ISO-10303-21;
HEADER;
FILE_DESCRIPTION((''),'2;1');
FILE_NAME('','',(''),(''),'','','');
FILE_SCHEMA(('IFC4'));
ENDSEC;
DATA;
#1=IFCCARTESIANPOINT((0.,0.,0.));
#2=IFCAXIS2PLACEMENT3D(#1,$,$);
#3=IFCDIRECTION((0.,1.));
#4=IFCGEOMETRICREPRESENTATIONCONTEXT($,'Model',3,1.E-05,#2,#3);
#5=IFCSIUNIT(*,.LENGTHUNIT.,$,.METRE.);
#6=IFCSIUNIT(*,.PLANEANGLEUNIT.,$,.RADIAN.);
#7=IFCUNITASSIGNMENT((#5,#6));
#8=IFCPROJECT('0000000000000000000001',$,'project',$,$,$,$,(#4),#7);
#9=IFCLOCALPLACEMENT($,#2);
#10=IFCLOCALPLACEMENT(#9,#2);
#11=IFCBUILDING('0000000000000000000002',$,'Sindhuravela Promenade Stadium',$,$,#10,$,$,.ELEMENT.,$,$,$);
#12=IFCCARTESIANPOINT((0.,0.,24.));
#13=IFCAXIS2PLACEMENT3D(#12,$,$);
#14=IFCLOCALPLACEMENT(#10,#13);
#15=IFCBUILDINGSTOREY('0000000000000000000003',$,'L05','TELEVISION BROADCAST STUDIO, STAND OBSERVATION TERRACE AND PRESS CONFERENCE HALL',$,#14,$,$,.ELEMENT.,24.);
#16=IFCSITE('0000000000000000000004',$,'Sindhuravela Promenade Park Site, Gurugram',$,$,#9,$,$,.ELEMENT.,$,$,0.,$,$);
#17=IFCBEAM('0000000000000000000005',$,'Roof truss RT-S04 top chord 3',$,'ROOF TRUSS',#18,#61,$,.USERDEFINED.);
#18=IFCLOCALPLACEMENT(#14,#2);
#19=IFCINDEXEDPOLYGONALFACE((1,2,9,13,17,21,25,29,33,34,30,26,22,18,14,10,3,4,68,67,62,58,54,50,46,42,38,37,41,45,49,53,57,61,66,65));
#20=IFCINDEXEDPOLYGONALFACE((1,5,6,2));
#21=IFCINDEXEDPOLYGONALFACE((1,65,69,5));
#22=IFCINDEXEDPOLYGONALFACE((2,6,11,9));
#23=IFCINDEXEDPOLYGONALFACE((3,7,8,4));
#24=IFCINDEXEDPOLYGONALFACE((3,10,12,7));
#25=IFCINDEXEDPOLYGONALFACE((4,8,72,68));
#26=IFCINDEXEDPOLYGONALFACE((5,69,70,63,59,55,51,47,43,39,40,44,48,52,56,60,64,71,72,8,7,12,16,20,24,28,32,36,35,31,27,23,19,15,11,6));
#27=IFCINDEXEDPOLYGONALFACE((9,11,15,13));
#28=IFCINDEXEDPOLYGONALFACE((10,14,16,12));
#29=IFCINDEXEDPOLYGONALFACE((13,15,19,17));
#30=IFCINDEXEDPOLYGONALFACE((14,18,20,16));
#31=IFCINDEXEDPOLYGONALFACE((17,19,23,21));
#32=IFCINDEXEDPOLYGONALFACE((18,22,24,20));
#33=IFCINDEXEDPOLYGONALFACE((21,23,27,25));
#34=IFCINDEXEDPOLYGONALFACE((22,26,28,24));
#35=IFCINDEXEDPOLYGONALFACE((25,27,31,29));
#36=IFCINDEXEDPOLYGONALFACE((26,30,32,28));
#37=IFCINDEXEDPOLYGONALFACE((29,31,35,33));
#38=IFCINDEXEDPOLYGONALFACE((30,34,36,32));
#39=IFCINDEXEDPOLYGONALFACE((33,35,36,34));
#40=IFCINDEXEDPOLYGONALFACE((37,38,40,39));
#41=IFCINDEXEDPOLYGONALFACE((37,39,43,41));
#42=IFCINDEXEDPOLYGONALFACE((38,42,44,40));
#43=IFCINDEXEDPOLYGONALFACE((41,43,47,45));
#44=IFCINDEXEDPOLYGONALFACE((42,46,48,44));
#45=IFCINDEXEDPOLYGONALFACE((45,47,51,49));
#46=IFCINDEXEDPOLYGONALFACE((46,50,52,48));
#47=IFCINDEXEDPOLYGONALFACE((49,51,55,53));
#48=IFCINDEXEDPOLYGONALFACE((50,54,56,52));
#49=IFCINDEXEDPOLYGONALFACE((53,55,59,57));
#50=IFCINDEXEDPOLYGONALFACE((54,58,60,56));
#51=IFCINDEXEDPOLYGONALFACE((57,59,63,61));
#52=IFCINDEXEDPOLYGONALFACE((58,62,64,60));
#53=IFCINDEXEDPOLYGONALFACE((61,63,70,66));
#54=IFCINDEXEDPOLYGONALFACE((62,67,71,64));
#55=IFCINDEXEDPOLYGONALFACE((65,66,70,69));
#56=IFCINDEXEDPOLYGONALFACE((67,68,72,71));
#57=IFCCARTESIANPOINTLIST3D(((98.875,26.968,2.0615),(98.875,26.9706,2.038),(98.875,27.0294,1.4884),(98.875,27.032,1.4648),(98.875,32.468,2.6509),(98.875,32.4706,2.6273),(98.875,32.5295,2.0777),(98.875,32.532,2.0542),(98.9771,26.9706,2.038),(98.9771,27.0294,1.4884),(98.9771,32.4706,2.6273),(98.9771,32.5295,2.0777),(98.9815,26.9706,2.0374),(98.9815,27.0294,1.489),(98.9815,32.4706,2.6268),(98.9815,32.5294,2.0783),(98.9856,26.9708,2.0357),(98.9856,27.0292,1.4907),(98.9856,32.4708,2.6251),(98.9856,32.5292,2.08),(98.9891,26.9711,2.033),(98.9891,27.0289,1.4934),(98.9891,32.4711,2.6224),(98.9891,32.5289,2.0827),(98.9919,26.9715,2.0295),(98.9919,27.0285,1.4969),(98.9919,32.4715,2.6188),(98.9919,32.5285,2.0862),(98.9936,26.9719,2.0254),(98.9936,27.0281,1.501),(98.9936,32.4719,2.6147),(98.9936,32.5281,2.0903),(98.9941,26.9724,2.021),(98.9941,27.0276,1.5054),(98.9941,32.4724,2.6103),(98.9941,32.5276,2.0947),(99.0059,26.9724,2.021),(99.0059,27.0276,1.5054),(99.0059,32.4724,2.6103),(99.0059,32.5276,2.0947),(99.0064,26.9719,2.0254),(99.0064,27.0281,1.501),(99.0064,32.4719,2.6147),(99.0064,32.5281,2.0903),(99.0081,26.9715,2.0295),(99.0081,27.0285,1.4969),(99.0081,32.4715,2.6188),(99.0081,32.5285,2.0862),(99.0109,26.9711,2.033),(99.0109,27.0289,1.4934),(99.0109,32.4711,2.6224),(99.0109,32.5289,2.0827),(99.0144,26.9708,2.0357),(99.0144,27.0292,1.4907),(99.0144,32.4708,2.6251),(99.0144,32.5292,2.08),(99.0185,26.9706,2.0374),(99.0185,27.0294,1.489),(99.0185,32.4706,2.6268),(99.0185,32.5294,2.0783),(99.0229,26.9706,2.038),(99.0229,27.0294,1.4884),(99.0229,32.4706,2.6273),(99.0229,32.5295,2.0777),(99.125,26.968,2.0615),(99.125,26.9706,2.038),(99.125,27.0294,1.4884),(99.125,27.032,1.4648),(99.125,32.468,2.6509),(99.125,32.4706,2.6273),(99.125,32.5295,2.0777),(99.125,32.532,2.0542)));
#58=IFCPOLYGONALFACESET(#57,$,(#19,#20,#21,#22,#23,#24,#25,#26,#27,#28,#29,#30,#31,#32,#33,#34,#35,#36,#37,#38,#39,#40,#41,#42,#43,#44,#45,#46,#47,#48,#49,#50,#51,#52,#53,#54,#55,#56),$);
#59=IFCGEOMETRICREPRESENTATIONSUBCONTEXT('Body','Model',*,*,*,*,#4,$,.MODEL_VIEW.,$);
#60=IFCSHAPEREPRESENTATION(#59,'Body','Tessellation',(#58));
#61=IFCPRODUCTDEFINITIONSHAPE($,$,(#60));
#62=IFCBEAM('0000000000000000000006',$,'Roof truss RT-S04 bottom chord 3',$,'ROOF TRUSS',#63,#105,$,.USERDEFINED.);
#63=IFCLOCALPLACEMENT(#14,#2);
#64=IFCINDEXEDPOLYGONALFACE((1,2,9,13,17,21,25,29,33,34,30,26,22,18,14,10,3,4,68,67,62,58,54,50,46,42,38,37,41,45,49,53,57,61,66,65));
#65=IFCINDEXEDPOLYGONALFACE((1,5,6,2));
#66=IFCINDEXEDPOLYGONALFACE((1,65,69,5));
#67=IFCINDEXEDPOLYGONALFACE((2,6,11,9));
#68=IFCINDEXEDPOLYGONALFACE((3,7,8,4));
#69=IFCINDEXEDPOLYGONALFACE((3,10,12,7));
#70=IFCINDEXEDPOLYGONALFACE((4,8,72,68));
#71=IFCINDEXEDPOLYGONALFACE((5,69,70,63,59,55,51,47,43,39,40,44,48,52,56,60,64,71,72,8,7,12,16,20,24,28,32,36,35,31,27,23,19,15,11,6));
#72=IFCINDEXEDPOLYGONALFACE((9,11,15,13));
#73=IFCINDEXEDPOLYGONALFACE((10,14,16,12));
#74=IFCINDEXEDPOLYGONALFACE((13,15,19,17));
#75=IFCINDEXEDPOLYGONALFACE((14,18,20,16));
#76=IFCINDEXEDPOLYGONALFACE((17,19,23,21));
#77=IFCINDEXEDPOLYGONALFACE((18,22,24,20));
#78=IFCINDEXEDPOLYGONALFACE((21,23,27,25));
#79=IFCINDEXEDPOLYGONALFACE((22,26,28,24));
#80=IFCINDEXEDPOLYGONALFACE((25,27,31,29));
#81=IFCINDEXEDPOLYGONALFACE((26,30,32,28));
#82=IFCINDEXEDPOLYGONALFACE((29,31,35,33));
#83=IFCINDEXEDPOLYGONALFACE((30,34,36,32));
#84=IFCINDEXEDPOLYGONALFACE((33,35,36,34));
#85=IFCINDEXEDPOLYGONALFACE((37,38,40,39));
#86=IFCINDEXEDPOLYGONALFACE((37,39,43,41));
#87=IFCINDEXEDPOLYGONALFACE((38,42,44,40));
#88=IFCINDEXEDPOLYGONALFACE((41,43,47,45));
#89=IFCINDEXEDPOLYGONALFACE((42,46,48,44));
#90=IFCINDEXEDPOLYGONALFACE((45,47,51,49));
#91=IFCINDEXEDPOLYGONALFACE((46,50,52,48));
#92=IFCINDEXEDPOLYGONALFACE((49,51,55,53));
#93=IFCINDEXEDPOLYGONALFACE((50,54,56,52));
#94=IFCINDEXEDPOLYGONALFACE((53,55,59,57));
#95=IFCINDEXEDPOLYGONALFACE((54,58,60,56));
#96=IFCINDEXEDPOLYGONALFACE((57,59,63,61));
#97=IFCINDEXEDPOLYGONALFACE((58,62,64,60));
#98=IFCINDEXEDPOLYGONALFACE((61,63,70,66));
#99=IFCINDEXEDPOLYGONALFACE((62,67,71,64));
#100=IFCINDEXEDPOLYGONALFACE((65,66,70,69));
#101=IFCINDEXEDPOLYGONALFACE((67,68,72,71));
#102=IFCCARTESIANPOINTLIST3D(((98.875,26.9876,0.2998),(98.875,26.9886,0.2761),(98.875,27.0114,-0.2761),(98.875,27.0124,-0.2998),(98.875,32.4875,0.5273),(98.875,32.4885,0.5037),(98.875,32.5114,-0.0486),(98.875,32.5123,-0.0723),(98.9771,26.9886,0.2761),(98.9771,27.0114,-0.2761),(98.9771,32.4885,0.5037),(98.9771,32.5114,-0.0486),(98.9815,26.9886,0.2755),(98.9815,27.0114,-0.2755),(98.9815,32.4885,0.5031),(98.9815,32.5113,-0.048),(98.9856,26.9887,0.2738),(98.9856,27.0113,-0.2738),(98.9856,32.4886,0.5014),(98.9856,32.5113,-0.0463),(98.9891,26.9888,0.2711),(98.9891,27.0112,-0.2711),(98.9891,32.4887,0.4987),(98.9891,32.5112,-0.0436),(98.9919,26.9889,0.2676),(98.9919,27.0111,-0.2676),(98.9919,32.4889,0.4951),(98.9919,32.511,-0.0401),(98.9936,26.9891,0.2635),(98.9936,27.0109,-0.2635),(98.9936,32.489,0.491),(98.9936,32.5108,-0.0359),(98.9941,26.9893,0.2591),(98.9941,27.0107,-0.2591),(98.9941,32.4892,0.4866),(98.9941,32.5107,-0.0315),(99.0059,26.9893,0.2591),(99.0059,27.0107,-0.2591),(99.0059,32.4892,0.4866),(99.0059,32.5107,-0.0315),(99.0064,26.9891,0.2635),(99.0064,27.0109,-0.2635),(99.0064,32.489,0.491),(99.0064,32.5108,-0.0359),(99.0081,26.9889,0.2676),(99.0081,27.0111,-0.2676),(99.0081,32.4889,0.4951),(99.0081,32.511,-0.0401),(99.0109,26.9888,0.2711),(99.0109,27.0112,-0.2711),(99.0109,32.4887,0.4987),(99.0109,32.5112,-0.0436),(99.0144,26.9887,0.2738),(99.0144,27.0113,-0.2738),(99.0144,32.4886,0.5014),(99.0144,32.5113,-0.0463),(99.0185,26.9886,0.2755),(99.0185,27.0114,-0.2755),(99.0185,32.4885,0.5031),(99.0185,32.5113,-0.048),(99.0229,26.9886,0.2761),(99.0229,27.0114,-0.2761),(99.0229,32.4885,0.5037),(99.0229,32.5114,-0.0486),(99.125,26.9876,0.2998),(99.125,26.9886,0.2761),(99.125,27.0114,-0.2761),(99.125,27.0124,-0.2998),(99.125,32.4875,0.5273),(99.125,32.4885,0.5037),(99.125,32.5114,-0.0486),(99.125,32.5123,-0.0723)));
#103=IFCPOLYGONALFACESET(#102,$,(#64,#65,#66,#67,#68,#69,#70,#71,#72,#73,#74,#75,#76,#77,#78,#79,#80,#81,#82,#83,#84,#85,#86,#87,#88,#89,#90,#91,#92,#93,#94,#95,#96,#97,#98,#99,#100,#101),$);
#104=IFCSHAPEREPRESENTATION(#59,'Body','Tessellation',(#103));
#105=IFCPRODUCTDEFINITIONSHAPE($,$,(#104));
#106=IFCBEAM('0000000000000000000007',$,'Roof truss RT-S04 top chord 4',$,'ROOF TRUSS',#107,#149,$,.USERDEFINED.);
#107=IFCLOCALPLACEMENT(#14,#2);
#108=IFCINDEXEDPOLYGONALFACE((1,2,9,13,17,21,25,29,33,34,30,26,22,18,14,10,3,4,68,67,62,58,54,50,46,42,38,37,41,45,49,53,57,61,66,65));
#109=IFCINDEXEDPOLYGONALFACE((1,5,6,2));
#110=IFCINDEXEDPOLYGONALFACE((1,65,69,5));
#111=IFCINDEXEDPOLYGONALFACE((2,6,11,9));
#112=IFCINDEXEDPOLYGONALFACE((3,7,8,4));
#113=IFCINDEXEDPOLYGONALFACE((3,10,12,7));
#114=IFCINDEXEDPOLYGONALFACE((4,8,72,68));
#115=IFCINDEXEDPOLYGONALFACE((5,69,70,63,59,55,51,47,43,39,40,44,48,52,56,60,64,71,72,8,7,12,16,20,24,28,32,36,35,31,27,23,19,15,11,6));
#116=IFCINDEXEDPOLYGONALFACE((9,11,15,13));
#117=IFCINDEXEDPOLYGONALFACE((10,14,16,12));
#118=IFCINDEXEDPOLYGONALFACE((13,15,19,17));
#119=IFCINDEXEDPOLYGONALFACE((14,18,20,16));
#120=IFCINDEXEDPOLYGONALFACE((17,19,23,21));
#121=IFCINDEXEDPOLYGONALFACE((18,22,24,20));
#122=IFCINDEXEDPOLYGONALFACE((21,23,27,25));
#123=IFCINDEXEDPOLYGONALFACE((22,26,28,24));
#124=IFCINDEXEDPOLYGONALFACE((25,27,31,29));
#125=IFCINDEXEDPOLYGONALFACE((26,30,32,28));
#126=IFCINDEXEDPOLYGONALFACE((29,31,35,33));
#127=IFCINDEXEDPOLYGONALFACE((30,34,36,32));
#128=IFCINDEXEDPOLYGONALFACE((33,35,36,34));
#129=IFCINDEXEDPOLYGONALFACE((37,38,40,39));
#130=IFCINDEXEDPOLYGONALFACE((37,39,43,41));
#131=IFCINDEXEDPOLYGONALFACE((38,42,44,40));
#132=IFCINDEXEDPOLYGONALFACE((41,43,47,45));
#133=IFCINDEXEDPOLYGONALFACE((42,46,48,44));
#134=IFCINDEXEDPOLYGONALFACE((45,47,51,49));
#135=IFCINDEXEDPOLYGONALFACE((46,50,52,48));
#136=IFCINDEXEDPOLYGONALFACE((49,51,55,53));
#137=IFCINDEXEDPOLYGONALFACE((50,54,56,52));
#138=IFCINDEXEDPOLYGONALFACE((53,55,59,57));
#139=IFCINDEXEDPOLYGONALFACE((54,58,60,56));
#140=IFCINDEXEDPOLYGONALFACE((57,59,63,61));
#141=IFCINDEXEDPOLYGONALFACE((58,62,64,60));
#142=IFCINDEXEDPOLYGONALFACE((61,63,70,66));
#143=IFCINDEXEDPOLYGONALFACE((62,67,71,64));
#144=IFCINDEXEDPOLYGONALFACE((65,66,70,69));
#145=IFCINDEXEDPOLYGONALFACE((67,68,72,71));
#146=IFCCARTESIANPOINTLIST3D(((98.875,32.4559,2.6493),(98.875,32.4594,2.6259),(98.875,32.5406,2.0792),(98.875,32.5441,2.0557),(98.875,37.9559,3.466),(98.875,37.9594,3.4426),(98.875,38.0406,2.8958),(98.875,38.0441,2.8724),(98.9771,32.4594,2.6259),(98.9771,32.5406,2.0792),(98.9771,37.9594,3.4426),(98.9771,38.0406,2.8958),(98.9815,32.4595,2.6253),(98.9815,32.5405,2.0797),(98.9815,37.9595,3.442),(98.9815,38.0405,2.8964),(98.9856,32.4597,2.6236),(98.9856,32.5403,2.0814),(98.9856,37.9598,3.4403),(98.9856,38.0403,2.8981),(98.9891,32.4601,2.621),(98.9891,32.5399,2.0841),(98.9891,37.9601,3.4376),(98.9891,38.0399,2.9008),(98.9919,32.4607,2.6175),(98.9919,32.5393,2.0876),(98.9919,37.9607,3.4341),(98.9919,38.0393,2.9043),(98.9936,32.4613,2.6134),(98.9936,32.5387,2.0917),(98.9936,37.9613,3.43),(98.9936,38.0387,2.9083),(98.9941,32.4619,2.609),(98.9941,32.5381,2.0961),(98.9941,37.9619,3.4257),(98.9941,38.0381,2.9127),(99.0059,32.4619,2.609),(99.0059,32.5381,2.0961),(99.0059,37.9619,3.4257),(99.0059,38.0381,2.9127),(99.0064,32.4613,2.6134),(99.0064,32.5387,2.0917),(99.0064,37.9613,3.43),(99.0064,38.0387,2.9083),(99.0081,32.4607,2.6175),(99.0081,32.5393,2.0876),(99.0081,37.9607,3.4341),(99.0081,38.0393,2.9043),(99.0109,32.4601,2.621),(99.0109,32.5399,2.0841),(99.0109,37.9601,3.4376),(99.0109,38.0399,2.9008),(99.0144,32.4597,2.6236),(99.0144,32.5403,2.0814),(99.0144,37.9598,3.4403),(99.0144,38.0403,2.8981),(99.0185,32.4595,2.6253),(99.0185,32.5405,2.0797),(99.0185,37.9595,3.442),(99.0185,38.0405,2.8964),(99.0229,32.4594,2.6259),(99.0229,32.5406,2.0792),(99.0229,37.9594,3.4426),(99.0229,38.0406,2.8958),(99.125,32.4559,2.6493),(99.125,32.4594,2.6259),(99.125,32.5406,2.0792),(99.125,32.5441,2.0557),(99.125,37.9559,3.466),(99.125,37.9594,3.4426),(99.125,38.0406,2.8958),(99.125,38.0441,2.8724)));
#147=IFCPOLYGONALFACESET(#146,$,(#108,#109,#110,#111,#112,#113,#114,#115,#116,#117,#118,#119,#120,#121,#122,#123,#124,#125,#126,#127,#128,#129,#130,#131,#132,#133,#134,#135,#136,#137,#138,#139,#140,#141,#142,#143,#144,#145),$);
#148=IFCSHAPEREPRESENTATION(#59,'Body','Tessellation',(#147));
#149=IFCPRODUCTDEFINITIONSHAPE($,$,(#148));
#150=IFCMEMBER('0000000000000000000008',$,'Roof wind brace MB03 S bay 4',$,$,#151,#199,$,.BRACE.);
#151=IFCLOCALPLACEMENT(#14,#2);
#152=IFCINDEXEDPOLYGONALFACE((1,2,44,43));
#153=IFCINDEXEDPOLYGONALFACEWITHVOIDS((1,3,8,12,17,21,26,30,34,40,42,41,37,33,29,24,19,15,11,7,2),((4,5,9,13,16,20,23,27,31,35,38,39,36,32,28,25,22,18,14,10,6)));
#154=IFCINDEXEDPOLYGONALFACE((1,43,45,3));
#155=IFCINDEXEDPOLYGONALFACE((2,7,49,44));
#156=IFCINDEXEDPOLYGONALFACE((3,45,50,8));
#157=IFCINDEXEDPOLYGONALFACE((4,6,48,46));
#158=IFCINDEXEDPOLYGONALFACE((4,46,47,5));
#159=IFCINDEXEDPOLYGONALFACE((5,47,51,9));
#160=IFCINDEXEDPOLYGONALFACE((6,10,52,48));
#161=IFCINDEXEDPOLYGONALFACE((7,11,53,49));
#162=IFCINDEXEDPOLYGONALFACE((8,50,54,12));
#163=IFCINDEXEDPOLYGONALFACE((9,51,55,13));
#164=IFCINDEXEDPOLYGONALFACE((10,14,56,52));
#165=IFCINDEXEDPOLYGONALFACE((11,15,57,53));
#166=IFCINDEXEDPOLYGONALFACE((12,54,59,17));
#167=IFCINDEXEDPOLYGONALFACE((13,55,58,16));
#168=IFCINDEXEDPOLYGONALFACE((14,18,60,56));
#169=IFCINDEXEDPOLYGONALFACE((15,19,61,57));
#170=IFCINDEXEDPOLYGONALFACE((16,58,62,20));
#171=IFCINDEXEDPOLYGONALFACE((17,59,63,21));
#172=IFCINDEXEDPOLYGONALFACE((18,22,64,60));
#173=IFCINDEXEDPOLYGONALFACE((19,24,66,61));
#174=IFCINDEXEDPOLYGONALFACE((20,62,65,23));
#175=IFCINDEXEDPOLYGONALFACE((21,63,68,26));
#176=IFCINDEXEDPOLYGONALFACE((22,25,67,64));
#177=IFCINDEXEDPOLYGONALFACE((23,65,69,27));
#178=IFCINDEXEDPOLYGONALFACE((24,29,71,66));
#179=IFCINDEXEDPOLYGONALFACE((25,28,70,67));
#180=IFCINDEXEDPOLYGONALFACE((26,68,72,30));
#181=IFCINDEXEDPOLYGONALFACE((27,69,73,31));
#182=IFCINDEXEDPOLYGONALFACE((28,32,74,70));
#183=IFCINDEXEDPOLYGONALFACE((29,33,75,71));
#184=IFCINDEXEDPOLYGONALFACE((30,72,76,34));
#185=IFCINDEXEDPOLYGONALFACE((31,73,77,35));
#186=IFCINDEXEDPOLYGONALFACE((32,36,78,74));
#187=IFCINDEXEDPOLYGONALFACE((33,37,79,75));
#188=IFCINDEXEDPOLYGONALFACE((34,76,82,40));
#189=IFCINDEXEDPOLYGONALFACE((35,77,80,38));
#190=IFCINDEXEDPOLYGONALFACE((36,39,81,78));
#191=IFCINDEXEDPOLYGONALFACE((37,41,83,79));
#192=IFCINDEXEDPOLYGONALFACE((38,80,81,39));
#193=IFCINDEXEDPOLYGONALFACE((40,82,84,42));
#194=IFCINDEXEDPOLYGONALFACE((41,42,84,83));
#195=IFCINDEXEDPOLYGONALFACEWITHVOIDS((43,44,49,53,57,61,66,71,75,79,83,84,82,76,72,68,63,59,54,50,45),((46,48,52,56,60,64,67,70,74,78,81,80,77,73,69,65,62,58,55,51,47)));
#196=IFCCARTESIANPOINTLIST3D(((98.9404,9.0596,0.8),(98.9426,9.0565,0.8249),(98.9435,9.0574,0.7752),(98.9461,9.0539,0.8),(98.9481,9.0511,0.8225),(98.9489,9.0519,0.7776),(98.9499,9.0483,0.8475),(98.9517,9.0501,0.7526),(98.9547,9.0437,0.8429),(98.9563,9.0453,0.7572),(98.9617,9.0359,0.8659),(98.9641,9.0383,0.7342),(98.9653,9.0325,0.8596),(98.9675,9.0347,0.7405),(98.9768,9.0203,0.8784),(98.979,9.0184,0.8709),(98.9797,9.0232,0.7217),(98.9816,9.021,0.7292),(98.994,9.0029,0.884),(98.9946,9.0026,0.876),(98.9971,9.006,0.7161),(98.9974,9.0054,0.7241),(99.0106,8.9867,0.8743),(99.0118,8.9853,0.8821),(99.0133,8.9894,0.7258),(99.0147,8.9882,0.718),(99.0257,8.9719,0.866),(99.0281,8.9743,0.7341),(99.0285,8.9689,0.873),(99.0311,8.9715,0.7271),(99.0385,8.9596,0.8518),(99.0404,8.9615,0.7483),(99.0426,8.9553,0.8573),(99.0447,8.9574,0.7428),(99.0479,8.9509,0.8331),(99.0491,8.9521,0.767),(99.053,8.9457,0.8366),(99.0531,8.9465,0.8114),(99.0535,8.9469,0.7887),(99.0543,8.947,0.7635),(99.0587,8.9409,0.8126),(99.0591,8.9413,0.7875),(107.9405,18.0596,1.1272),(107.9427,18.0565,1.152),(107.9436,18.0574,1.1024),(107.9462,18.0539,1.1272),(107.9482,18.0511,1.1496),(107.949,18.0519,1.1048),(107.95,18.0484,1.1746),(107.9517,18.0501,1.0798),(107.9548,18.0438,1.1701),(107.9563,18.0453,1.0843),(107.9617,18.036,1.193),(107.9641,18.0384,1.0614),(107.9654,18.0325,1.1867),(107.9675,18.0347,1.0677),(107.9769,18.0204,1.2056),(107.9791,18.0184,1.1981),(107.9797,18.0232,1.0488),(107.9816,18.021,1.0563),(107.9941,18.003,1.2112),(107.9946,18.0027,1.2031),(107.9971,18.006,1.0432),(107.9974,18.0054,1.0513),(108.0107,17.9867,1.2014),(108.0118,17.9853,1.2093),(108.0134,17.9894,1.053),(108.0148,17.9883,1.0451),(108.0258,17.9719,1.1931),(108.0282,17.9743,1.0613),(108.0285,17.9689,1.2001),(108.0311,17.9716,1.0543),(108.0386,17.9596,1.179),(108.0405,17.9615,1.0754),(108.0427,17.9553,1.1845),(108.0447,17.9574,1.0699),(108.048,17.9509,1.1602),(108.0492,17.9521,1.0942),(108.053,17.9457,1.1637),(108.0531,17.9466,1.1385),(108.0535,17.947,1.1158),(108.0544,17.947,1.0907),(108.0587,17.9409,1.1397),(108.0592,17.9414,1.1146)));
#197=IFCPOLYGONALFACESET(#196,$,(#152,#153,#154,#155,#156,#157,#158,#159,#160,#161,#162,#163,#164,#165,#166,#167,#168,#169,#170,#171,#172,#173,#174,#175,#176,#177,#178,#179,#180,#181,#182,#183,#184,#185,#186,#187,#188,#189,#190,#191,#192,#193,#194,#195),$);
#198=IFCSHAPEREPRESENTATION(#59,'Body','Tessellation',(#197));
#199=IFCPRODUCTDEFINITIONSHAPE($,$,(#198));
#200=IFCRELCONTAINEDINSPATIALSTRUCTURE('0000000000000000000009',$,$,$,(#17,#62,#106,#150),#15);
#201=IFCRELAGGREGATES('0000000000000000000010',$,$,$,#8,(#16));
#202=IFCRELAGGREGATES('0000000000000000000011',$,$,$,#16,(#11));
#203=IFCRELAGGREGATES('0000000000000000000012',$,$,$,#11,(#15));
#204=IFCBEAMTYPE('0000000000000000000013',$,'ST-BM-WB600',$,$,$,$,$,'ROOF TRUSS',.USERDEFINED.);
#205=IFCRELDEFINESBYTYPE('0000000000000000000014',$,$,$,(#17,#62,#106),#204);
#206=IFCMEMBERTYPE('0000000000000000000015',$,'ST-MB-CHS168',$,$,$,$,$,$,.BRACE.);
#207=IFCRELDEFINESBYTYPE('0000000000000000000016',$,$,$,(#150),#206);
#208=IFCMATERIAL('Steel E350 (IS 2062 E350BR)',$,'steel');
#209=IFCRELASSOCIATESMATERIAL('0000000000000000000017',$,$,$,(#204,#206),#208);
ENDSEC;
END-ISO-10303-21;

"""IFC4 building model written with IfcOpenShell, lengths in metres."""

from ifc_helpers import new_model, si_unit, direction, frame, origin, origin_2d, place, context, subcontext, project, spatial, hollow_circle, i_section, extrude, material, material_profile, profile_set, type_object, element, save


model = new_model("IFC4")

# Units and contexts
model_context = context("Model", 3, precision=1e-05, world=origin(), true_north=direction((0.0, 1.0)))
body_context = subcontext(model_context, "Body", "Model", "MODEL_VIEW")
ifc_project = project(units=[si_unit("LENGTHUNIT", "METRE"), si_unit("PLANEANGLEUNIT", "RADIAN")], contexts=[model_context])

# Site, building, storey
site_placement = place(None, origin())
site = spatial("IfcSite", under=ifc_project, at=site_placement, Name="Sindhuravela Promenade Park Site, Gurugram", CompositionType="ELEMENT", RefElevation=0.0)
building_placement = place(site_placement, origin())
building = spatial("IfcBuilding", under=site, at=building_placement, Name="Sindhuravela Promenade Stadium", CompositionType="ELEMENT")
storey_placement = place(building_placement, frame((0.0, 0.0, 24.0)))
storey = spatial("IfcBuildingStorey", under=building, at=storey_placement, Name="L05", Description="TELEVISION BROADCAST STUDIO, STAND OBSERVATION TERRACE AND PRESS CONFERENCE HALL", CompositionType="ELEMENT", Elevation=24.0)

# Beams
ifc_material_1 = material(Name="Steel E350 (IS 2062 E350BR)", Category="steel")
ifc_material_profile_1 = material_profile(ifc_material_1, i_section(OverallWidth=0.25, OverallDepth=0.6001, WebThickness=0.0117, FlangeThickness=0.0237, FilletRadius=0.0171, at=origin_2d()), Name="ISWB 600")
ifc_profile_set_1 = profile_set([ifc_material_profile_1], Name="Steel E350 (IS 2062 E350BR)")
beam_type = type_object("IfcBeamType", Name="ST-BM-WB600", ElementType="ROOF TRUSS", PredefinedType="USERDEFINED", material=ifc_profile_set_1)
beam_1_placement = place(storey_placement, frame((99.0, 27.0, 1.7632), z_axis=(0.0, 0.994308, 0.106546), x_axis=(-1.0, 0.0, 0.0)))
element("IfcBeam", 1, at=beam_1_placement, inside=storey, type_object=beam_type, Name="Roof truss RT-S04 top chord 3", ObjectType="ROOF TRUSS", PredefinedType="USERDEFINED", context=body_context, shape_type="SweptSolid", body=[
    extrude(i_section(OverallWidth=0.25, OverallDepth=0.6001, WebThickness=0.0117, FlangeThickness=0.0237, FilletRadius=0.0171, at=origin_2d()), origin(), (0.0, 0.0, 1.0), 5.5315),
])
beam_2_placement = place(storey_placement, frame((99.0, 27.0, 0.0), z_axis=(0.0, 0.999145, 0.041335), x_axis=(-1.0, 0.0, 0.0)))
element("IfcBeam", 2, at=beam_2_placement, inside=storey, type_object=beam_type, Name="Roof truss RT-S04 bottom chord 3", ObjectType="ROOF TRUSS", PredefinedType="USERDEFINED", context=body_context, shape_type="SweptSolid", body=[
    extrude(i_section(OverallWidth=0.25, OverallDepth=0.6001, WebThickness=0.0117, FlangeThickness=0.0237, FilletRadius=0.0171, at=origin_2d()), origin(), (0.0, 0.0, 1.0), 5.5046),
])
beam_3_placement = place(storey_placement, frame((99.0, 32.5, 2.3525), z_axis=(0.0, 0.989156, 0.146872), x_axis=(-1.0, 0.0, 0.0)))
element("IfcBeam", 3, at=beam_3_placement, inside=storey, type_object=beam_type, Name="Roof truss RT-S04 top chord 4", ObjectType="ROOF TRUSS", PredefinedType="USERDEFINED", context=body_context, shape_type="SweptSolid", body=[
    extrude(i_section(OverallWidth=0.25, OverallDepth=0.6001, WebThickness=0.0117, FlangeThickness=0.0237, FilletRadius=0.0171, at=origin_2d()), origin(), (0.0, 0.0, 1.0), 5.5603),
])

# Member
ifc_material_profile_2 = material_profile(ifc_material_1, hollow_circle(Radius=0.0842, WallThickness=0.0081, at=origin_2d()), Name="CHS 168.3x8")
ifc_profile_set_2 = profile_set([ifc_material_profile_2], Name="Steel E350 (IS 2062 E350BR)")
member_type_1 = type_object("IfcMemberType", Name="ST-MB-CHS168", PredefinedType="BRACE", material=ifc_profile_set_2)
member_1_placement = place(storey_placement, frame((99.0, 9.0, 0.8), z_axis=(0.706873, 0.706873, 0.025695), x_axis=(-0.707107, 0.707107, 0.0)))
element("IfcMember", 4, at=member_1_placement, inside=storey, type_object=member_type_1, Name="Roof wind brace MB03 S bay 4", PredefinedType="BRACE", context=body_context, shape_type="SweptSolid", body=[
    extrude(hollow_circle(Radius=0.0842, WallThickness=0.0081, at=origin_2d()), origin(), (0.0, 0.0, 1.0), 12.7322),
])

save(model, "model.ifc")
